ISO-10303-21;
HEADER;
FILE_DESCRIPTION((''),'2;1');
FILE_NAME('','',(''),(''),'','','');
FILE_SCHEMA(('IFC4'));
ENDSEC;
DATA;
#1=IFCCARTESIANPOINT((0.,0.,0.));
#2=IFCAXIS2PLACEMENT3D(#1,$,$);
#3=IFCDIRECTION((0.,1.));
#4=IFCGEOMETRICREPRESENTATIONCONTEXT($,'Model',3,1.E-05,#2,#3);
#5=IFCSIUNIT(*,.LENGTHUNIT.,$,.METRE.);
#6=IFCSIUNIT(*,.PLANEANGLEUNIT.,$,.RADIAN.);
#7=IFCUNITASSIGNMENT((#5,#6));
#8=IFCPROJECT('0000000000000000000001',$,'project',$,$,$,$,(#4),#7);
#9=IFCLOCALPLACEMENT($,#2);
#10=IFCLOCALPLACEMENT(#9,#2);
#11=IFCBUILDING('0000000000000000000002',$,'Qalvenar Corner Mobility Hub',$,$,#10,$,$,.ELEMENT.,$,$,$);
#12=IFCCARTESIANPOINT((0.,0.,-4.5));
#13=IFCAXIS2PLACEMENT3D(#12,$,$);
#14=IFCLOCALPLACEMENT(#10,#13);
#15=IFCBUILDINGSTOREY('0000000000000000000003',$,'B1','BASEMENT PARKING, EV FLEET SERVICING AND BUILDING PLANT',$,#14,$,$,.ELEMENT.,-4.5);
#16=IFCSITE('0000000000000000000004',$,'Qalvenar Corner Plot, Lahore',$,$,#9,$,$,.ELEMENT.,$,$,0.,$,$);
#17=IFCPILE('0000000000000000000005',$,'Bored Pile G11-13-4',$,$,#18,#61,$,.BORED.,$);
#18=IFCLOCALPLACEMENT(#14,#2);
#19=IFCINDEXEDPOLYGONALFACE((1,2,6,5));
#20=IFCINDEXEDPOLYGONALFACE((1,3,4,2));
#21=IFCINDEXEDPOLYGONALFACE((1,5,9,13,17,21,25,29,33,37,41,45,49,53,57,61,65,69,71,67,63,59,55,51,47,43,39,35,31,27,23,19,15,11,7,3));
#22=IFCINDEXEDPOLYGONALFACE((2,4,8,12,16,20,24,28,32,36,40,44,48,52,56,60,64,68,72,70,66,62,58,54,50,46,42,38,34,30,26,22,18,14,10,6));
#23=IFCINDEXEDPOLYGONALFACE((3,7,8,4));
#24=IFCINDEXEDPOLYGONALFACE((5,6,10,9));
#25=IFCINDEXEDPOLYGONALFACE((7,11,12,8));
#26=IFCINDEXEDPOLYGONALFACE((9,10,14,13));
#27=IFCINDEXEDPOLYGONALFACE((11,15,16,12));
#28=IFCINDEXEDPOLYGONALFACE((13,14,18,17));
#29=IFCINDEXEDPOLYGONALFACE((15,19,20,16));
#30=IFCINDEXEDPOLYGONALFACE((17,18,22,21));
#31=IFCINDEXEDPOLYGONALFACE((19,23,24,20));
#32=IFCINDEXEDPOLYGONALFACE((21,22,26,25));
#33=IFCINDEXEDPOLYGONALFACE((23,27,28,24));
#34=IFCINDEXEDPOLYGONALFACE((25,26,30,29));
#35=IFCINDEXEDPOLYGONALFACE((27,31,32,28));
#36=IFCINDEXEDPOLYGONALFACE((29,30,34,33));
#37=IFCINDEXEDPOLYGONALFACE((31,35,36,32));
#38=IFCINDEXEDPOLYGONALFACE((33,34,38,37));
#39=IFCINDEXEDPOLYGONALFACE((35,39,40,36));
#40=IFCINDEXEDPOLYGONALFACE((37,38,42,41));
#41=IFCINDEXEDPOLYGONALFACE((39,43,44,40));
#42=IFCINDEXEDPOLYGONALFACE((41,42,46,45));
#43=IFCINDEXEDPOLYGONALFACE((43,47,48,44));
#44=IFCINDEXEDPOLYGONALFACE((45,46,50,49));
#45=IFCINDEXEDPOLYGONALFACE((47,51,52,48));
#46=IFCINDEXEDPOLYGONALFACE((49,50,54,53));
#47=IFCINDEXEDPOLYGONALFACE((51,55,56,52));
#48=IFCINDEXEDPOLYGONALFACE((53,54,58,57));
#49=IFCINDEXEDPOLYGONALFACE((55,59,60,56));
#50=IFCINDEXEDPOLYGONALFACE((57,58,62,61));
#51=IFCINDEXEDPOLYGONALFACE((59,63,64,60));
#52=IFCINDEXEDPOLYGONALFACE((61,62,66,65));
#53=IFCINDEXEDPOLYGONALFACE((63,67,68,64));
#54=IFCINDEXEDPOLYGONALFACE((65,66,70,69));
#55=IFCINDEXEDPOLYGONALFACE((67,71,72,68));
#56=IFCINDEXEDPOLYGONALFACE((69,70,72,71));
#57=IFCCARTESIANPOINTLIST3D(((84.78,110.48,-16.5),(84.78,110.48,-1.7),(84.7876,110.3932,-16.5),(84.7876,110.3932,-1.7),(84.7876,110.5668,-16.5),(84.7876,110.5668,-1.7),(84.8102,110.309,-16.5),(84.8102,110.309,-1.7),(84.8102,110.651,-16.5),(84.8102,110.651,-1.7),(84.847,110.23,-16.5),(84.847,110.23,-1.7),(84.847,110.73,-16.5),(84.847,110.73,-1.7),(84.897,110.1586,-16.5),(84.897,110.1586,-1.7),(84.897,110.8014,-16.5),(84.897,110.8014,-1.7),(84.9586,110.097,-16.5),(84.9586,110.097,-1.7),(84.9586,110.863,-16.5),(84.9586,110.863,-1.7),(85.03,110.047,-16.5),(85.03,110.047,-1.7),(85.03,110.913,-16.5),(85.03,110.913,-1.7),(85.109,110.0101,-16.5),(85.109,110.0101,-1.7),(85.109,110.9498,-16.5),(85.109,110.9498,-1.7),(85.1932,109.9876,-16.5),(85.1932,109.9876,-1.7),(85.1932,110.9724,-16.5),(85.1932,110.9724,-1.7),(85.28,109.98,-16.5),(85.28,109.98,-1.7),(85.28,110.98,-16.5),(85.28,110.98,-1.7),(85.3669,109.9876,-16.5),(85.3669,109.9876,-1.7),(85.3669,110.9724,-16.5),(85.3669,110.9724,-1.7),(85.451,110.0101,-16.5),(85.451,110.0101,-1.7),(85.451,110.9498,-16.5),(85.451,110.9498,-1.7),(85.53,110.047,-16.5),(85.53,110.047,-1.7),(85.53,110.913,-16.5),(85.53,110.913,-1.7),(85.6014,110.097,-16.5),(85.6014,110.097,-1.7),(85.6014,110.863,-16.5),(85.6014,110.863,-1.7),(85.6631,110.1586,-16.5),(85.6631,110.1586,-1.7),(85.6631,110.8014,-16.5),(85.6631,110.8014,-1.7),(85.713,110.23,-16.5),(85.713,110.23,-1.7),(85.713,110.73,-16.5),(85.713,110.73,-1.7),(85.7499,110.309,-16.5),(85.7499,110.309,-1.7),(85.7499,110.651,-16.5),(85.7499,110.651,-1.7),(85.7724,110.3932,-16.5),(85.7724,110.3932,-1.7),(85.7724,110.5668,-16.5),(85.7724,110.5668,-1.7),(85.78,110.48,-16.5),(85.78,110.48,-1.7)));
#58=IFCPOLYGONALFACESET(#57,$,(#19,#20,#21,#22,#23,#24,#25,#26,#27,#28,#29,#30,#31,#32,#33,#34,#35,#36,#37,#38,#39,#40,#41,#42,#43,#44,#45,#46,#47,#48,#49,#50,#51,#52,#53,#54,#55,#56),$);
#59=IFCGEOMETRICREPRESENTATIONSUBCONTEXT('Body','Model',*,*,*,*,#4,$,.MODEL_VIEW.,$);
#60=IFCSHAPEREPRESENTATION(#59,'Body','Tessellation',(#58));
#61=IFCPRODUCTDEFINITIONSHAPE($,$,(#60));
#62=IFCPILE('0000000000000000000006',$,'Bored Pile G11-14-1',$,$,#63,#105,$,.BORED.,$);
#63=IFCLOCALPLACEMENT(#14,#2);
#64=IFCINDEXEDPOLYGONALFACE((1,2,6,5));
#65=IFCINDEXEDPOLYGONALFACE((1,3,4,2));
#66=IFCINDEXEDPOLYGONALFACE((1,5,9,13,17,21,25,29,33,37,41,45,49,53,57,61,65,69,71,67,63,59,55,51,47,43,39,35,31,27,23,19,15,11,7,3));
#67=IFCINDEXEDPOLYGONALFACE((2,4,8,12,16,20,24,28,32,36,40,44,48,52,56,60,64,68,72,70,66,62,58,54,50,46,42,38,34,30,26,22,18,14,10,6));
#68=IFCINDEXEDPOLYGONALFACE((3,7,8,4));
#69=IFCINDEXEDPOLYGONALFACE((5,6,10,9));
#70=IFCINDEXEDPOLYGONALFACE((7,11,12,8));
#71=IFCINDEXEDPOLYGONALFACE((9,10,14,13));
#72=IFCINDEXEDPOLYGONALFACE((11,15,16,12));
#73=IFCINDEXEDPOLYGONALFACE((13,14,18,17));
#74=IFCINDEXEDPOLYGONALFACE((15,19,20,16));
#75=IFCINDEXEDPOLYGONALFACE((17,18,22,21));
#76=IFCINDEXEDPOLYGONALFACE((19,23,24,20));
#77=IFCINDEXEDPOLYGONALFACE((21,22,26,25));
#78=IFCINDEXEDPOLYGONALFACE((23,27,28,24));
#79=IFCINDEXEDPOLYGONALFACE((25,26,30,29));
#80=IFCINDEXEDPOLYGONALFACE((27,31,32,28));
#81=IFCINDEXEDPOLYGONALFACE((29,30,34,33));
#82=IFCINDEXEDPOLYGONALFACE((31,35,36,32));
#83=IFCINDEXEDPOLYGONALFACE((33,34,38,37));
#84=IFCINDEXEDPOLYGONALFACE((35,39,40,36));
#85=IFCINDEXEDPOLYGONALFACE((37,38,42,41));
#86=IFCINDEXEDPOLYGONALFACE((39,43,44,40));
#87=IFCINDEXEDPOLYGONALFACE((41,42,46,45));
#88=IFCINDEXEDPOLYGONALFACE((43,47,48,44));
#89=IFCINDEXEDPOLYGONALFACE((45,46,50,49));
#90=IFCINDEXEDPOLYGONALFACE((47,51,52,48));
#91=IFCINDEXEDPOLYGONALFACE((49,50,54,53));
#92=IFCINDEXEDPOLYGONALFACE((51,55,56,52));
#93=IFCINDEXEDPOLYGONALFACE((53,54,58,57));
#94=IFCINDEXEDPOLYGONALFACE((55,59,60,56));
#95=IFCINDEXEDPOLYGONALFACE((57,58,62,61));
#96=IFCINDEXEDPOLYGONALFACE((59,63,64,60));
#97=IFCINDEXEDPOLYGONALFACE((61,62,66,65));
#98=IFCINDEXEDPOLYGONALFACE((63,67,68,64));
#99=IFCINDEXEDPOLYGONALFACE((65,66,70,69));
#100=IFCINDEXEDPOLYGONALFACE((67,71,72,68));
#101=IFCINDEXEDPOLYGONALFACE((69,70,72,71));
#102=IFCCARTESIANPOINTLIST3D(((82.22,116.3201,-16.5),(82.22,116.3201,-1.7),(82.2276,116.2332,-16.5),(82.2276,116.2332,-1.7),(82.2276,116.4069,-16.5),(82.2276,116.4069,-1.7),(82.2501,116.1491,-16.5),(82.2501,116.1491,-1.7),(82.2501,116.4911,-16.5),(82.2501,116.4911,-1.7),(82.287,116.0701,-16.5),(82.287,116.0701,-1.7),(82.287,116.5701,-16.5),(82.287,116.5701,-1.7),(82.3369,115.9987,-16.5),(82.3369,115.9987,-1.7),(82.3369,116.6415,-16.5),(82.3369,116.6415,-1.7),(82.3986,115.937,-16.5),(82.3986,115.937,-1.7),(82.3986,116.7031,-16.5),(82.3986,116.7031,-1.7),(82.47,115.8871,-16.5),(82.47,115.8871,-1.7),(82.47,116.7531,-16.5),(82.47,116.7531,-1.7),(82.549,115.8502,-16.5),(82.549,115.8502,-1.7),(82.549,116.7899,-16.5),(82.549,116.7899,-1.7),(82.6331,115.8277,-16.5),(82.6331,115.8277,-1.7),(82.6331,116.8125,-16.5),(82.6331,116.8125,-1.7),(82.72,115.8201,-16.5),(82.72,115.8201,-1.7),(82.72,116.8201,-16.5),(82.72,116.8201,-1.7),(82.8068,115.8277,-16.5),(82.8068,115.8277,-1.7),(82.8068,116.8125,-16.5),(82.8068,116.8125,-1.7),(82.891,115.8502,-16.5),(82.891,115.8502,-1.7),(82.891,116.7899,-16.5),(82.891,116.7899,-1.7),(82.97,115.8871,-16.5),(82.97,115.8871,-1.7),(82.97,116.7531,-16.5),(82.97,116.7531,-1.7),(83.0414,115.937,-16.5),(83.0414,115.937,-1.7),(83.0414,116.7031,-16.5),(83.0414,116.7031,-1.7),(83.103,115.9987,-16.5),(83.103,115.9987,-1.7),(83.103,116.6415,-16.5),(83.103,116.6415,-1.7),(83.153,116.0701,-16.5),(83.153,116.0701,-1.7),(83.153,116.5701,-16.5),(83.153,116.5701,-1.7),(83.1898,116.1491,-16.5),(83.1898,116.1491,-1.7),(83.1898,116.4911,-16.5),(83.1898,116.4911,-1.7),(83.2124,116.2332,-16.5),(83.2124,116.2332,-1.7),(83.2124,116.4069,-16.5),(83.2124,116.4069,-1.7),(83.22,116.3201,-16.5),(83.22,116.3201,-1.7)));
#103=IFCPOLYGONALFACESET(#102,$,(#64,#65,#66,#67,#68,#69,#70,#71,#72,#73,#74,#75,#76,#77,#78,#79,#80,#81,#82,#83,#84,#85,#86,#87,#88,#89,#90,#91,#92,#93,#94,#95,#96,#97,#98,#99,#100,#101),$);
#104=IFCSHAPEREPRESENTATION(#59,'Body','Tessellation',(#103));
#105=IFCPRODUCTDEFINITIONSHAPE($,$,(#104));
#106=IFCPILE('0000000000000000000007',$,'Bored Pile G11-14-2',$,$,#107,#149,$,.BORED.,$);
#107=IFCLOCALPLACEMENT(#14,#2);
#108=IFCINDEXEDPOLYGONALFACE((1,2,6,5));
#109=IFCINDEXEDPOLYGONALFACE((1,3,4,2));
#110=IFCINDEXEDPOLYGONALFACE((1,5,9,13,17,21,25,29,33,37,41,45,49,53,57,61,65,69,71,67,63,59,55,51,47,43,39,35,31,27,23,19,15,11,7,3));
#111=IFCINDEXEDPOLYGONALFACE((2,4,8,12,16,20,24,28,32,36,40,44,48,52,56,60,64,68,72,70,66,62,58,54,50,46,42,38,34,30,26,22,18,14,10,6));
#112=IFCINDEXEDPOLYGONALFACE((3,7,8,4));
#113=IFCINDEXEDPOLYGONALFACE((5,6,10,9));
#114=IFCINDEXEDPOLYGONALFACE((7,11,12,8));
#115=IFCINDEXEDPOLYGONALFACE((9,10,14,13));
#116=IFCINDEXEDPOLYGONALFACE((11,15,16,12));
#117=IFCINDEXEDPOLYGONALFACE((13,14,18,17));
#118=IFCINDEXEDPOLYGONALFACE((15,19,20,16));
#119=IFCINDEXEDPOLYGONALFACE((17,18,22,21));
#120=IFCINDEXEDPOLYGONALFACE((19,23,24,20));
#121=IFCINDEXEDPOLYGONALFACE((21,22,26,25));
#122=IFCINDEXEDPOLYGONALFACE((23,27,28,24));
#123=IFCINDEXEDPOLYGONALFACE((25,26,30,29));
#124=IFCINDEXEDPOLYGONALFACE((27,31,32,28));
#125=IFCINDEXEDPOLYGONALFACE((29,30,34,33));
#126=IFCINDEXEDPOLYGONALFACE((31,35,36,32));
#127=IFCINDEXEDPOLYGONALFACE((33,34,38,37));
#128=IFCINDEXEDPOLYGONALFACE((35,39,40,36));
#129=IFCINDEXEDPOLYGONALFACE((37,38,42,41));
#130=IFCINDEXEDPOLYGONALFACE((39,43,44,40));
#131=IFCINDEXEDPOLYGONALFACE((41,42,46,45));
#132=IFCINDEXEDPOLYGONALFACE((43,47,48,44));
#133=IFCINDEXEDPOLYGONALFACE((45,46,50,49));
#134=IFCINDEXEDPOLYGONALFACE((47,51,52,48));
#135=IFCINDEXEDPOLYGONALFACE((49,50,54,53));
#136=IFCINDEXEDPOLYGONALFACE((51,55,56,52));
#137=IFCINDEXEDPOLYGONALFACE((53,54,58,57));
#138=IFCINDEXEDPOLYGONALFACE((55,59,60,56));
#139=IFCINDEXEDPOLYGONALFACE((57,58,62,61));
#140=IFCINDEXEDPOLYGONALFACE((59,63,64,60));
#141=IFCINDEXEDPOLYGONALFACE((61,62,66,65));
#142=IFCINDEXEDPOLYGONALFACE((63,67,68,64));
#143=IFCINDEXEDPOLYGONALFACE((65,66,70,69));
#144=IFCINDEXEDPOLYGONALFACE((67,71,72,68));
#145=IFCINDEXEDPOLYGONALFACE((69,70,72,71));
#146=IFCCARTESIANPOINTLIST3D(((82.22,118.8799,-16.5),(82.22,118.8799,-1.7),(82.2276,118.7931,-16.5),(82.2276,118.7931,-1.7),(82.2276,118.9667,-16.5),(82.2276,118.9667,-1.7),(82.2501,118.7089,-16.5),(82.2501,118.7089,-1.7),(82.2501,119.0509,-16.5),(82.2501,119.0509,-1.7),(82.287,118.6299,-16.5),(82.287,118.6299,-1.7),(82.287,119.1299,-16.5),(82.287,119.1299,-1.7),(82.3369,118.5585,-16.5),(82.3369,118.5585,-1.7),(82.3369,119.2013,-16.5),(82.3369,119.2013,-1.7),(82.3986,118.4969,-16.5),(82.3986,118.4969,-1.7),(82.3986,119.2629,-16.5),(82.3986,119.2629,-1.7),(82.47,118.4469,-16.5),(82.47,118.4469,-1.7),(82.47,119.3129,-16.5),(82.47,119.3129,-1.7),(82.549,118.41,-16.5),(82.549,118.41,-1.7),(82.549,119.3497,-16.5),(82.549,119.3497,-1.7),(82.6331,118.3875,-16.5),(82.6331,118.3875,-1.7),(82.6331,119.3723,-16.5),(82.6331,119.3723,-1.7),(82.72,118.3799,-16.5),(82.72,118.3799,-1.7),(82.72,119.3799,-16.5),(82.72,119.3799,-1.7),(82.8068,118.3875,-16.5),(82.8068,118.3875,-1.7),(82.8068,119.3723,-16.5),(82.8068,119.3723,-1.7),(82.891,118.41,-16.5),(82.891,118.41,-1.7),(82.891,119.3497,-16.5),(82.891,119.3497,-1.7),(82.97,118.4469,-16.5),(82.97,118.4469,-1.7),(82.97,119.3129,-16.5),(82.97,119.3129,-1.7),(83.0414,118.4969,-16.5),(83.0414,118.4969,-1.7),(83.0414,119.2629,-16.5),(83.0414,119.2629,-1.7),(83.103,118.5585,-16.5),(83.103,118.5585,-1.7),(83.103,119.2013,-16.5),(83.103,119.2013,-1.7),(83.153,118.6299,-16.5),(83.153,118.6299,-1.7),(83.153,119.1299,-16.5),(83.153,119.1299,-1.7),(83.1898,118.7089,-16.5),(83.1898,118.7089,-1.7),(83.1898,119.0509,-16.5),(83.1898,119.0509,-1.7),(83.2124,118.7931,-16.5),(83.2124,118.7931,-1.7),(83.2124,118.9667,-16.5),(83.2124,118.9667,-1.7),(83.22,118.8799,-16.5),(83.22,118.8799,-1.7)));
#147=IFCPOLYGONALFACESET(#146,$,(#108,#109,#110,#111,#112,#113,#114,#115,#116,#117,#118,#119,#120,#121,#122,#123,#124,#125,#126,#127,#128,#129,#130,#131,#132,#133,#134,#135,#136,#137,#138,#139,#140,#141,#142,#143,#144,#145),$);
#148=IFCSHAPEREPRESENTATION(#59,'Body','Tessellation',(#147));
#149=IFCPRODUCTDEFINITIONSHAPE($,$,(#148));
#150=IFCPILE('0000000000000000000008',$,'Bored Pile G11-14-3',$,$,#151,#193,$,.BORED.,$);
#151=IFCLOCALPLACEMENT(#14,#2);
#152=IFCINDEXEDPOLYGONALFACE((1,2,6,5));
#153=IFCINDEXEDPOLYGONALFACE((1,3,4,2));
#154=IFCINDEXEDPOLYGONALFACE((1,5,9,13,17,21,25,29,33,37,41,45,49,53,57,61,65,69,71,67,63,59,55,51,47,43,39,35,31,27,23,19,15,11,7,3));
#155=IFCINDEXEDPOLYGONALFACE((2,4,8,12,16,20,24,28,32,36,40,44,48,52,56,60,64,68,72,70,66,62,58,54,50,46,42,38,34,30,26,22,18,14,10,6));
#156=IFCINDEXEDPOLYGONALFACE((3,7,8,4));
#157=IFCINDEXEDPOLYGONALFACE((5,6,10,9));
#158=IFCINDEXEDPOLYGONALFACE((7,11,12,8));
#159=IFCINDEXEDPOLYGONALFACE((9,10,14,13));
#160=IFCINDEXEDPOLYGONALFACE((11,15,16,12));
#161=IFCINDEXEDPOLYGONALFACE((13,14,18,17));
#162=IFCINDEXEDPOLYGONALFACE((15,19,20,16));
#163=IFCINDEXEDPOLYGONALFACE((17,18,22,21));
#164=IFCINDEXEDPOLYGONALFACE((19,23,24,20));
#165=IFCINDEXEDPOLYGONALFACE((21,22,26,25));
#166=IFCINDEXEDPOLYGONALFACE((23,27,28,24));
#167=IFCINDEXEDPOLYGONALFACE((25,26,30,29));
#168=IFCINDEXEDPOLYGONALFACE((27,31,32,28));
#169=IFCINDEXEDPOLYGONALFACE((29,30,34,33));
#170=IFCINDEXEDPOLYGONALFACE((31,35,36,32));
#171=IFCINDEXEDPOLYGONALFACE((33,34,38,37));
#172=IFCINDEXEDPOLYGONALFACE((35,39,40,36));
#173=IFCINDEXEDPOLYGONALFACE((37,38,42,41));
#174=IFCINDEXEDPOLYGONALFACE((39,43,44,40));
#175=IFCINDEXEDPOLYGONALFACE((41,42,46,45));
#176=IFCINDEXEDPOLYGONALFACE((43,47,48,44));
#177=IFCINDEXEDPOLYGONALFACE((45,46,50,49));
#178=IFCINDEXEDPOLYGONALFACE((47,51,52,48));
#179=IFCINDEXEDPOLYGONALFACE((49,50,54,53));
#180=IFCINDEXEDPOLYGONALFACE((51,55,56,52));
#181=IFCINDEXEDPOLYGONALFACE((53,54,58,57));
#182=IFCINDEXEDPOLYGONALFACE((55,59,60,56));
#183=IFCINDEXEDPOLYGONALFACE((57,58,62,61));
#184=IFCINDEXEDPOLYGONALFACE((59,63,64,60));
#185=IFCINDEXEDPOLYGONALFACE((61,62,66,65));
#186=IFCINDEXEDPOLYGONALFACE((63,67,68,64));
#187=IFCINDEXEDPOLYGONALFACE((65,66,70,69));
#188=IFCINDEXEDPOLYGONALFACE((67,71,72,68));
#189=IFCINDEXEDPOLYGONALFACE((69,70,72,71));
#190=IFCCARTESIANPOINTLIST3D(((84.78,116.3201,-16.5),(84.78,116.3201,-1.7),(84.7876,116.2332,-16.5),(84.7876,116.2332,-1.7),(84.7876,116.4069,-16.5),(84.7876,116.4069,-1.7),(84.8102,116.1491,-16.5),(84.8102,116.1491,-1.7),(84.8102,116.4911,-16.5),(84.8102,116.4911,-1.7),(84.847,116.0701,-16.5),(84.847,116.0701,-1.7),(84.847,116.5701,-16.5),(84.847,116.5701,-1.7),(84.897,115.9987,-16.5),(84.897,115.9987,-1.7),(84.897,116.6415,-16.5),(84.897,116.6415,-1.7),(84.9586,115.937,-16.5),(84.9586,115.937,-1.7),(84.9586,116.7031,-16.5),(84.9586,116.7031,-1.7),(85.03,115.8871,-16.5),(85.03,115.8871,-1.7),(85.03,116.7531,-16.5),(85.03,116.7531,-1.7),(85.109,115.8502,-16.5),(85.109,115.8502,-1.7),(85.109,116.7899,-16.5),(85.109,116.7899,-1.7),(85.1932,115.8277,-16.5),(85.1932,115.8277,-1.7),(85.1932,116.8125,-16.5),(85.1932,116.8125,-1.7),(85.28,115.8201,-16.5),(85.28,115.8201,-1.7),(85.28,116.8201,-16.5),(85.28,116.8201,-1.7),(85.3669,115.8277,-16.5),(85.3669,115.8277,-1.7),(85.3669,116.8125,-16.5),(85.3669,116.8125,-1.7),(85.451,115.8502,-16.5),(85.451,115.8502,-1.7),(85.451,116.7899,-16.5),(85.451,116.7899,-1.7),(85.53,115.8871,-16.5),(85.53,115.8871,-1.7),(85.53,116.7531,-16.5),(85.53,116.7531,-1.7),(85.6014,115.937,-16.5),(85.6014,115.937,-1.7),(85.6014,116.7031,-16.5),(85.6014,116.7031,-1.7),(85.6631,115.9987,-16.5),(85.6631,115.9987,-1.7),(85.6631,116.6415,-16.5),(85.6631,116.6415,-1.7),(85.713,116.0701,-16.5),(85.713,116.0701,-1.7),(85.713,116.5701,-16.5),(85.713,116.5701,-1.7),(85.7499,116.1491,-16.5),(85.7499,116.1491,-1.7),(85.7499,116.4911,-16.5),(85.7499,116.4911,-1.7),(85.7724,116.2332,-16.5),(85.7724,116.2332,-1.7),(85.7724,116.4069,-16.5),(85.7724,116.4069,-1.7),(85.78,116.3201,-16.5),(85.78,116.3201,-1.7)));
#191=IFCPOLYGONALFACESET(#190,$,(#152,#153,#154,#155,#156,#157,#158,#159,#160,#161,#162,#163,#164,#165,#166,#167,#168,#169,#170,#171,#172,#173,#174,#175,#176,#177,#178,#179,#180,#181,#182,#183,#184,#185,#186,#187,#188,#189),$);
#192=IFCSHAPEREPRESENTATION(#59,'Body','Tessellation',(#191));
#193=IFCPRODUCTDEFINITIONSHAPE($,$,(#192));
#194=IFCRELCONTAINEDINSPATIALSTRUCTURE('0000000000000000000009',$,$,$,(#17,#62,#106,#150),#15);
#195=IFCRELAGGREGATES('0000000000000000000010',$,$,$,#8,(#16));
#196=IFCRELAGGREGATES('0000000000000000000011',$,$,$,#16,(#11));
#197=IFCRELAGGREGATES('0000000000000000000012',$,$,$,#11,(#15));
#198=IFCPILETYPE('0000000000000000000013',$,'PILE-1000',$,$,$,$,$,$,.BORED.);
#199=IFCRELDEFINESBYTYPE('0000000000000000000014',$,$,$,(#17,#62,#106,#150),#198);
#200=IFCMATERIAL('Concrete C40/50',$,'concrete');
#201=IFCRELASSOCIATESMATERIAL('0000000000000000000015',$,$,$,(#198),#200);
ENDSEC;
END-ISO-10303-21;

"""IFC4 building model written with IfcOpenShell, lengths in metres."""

from ifc_helpers import new_model, si_unit, direction, frame, origin, origin_2d, place, context, subcontext, project, spatial, circle, extrude, material, material_profile, profile_set, type_object, element, save


model = new_model("IFC4")

# Units and contexts
model_context = context("Model", 3, precision=1e-05, world=origin(), true_north=direction((0.0, 1.0)))
body_context = subcontext(model_context, "Body", "Model", "MODEL_VIEW")
ifc_project = project(units=[si_unit("LENGTHUNIT", "METRE"), si_unit("PLANEANGLEUNIT", "RADIAN")], contexts=[model_context])

# Site, building, storey
site_placement = place(None, origin())
site = spatial("IfcSite", under=ifc_project, at=site_placement, Name="Qalvenar Corner Plot, Lahore", CompositionType="ELEMENT", RefElevation=0.0)
building_placement = place(site_placement, origin())
building = spatial("IfcBuilding", under=site, at=building_placement, Name="Qalvenar Corner Mobility Hub", CompositionType="ELEMENT")
storey_placement = place(building_placement, frame((0.0, 0.0, -4.5)))
storey = spatial("IfcBuildingStorey", under=building, at=storey_placement, Name="B1", Description="BASEMENT PARKING, EV FLEET SERVICING AND BUILDING PLANT", CompositionType="ELEMENT", Elevation=-4.5)

# Shared definitions
ifc_material_1 = material(Name="Concrete C40/50", Category="concrete")

# Piles
ifc_material_profile_1 = material_profile(ifc_material_1, circle(Radius=0.5, at=origin_2d()), Name="DIA1000")
ifc_profile_set_1 = profile_set([ifc_material_profile_1], Name="Concrete C40/50")
pile_type = type_object("IfcPileType", Name="PILE-1000", PredefinedType="BORED", material=ifc_profile_set_1)
for number, where, z_axis, x_axis, name in (
    (1, (85.28, 110.48, -1.7), (0.0, 0.0, -1.0), (1.0, 0.0, 0.0), "Bored Pile G11-13-4"),
    (2, (82.72, 116.3201, -1.7), (0.0, 0.0, -1.0), (1.0, 0.0, 0.0), "Bored Pile G11-14-1"),
    (3, (82.72, 118.8799, -1.7), (0.0, 0.0, -1.0), (1.0, 0.0, 0.0), "Bored Pile G11-14-2"),
    (4, (85.28, 116.3201, -1.7), (0.0, 0.0, -1.0), (1.0, 0.0, 0.0), "Bored Pile G11-14-3"),
):
    element("IfcPile", number, at=place(storey_placement, frame(where, z_axis=z_axis, x_axis=x_axis)), inside=storey, type_object=pile_type, Name=name, PredefinedType="BORED", context=body_context, shape_type="SweptSolid", body=[
        extrude(circle(Radius=0.5, at=origin_2d()), origin(), (0.0, 0.0, 1.0), 14.8),
    ])

save(model, "model.ifc")
